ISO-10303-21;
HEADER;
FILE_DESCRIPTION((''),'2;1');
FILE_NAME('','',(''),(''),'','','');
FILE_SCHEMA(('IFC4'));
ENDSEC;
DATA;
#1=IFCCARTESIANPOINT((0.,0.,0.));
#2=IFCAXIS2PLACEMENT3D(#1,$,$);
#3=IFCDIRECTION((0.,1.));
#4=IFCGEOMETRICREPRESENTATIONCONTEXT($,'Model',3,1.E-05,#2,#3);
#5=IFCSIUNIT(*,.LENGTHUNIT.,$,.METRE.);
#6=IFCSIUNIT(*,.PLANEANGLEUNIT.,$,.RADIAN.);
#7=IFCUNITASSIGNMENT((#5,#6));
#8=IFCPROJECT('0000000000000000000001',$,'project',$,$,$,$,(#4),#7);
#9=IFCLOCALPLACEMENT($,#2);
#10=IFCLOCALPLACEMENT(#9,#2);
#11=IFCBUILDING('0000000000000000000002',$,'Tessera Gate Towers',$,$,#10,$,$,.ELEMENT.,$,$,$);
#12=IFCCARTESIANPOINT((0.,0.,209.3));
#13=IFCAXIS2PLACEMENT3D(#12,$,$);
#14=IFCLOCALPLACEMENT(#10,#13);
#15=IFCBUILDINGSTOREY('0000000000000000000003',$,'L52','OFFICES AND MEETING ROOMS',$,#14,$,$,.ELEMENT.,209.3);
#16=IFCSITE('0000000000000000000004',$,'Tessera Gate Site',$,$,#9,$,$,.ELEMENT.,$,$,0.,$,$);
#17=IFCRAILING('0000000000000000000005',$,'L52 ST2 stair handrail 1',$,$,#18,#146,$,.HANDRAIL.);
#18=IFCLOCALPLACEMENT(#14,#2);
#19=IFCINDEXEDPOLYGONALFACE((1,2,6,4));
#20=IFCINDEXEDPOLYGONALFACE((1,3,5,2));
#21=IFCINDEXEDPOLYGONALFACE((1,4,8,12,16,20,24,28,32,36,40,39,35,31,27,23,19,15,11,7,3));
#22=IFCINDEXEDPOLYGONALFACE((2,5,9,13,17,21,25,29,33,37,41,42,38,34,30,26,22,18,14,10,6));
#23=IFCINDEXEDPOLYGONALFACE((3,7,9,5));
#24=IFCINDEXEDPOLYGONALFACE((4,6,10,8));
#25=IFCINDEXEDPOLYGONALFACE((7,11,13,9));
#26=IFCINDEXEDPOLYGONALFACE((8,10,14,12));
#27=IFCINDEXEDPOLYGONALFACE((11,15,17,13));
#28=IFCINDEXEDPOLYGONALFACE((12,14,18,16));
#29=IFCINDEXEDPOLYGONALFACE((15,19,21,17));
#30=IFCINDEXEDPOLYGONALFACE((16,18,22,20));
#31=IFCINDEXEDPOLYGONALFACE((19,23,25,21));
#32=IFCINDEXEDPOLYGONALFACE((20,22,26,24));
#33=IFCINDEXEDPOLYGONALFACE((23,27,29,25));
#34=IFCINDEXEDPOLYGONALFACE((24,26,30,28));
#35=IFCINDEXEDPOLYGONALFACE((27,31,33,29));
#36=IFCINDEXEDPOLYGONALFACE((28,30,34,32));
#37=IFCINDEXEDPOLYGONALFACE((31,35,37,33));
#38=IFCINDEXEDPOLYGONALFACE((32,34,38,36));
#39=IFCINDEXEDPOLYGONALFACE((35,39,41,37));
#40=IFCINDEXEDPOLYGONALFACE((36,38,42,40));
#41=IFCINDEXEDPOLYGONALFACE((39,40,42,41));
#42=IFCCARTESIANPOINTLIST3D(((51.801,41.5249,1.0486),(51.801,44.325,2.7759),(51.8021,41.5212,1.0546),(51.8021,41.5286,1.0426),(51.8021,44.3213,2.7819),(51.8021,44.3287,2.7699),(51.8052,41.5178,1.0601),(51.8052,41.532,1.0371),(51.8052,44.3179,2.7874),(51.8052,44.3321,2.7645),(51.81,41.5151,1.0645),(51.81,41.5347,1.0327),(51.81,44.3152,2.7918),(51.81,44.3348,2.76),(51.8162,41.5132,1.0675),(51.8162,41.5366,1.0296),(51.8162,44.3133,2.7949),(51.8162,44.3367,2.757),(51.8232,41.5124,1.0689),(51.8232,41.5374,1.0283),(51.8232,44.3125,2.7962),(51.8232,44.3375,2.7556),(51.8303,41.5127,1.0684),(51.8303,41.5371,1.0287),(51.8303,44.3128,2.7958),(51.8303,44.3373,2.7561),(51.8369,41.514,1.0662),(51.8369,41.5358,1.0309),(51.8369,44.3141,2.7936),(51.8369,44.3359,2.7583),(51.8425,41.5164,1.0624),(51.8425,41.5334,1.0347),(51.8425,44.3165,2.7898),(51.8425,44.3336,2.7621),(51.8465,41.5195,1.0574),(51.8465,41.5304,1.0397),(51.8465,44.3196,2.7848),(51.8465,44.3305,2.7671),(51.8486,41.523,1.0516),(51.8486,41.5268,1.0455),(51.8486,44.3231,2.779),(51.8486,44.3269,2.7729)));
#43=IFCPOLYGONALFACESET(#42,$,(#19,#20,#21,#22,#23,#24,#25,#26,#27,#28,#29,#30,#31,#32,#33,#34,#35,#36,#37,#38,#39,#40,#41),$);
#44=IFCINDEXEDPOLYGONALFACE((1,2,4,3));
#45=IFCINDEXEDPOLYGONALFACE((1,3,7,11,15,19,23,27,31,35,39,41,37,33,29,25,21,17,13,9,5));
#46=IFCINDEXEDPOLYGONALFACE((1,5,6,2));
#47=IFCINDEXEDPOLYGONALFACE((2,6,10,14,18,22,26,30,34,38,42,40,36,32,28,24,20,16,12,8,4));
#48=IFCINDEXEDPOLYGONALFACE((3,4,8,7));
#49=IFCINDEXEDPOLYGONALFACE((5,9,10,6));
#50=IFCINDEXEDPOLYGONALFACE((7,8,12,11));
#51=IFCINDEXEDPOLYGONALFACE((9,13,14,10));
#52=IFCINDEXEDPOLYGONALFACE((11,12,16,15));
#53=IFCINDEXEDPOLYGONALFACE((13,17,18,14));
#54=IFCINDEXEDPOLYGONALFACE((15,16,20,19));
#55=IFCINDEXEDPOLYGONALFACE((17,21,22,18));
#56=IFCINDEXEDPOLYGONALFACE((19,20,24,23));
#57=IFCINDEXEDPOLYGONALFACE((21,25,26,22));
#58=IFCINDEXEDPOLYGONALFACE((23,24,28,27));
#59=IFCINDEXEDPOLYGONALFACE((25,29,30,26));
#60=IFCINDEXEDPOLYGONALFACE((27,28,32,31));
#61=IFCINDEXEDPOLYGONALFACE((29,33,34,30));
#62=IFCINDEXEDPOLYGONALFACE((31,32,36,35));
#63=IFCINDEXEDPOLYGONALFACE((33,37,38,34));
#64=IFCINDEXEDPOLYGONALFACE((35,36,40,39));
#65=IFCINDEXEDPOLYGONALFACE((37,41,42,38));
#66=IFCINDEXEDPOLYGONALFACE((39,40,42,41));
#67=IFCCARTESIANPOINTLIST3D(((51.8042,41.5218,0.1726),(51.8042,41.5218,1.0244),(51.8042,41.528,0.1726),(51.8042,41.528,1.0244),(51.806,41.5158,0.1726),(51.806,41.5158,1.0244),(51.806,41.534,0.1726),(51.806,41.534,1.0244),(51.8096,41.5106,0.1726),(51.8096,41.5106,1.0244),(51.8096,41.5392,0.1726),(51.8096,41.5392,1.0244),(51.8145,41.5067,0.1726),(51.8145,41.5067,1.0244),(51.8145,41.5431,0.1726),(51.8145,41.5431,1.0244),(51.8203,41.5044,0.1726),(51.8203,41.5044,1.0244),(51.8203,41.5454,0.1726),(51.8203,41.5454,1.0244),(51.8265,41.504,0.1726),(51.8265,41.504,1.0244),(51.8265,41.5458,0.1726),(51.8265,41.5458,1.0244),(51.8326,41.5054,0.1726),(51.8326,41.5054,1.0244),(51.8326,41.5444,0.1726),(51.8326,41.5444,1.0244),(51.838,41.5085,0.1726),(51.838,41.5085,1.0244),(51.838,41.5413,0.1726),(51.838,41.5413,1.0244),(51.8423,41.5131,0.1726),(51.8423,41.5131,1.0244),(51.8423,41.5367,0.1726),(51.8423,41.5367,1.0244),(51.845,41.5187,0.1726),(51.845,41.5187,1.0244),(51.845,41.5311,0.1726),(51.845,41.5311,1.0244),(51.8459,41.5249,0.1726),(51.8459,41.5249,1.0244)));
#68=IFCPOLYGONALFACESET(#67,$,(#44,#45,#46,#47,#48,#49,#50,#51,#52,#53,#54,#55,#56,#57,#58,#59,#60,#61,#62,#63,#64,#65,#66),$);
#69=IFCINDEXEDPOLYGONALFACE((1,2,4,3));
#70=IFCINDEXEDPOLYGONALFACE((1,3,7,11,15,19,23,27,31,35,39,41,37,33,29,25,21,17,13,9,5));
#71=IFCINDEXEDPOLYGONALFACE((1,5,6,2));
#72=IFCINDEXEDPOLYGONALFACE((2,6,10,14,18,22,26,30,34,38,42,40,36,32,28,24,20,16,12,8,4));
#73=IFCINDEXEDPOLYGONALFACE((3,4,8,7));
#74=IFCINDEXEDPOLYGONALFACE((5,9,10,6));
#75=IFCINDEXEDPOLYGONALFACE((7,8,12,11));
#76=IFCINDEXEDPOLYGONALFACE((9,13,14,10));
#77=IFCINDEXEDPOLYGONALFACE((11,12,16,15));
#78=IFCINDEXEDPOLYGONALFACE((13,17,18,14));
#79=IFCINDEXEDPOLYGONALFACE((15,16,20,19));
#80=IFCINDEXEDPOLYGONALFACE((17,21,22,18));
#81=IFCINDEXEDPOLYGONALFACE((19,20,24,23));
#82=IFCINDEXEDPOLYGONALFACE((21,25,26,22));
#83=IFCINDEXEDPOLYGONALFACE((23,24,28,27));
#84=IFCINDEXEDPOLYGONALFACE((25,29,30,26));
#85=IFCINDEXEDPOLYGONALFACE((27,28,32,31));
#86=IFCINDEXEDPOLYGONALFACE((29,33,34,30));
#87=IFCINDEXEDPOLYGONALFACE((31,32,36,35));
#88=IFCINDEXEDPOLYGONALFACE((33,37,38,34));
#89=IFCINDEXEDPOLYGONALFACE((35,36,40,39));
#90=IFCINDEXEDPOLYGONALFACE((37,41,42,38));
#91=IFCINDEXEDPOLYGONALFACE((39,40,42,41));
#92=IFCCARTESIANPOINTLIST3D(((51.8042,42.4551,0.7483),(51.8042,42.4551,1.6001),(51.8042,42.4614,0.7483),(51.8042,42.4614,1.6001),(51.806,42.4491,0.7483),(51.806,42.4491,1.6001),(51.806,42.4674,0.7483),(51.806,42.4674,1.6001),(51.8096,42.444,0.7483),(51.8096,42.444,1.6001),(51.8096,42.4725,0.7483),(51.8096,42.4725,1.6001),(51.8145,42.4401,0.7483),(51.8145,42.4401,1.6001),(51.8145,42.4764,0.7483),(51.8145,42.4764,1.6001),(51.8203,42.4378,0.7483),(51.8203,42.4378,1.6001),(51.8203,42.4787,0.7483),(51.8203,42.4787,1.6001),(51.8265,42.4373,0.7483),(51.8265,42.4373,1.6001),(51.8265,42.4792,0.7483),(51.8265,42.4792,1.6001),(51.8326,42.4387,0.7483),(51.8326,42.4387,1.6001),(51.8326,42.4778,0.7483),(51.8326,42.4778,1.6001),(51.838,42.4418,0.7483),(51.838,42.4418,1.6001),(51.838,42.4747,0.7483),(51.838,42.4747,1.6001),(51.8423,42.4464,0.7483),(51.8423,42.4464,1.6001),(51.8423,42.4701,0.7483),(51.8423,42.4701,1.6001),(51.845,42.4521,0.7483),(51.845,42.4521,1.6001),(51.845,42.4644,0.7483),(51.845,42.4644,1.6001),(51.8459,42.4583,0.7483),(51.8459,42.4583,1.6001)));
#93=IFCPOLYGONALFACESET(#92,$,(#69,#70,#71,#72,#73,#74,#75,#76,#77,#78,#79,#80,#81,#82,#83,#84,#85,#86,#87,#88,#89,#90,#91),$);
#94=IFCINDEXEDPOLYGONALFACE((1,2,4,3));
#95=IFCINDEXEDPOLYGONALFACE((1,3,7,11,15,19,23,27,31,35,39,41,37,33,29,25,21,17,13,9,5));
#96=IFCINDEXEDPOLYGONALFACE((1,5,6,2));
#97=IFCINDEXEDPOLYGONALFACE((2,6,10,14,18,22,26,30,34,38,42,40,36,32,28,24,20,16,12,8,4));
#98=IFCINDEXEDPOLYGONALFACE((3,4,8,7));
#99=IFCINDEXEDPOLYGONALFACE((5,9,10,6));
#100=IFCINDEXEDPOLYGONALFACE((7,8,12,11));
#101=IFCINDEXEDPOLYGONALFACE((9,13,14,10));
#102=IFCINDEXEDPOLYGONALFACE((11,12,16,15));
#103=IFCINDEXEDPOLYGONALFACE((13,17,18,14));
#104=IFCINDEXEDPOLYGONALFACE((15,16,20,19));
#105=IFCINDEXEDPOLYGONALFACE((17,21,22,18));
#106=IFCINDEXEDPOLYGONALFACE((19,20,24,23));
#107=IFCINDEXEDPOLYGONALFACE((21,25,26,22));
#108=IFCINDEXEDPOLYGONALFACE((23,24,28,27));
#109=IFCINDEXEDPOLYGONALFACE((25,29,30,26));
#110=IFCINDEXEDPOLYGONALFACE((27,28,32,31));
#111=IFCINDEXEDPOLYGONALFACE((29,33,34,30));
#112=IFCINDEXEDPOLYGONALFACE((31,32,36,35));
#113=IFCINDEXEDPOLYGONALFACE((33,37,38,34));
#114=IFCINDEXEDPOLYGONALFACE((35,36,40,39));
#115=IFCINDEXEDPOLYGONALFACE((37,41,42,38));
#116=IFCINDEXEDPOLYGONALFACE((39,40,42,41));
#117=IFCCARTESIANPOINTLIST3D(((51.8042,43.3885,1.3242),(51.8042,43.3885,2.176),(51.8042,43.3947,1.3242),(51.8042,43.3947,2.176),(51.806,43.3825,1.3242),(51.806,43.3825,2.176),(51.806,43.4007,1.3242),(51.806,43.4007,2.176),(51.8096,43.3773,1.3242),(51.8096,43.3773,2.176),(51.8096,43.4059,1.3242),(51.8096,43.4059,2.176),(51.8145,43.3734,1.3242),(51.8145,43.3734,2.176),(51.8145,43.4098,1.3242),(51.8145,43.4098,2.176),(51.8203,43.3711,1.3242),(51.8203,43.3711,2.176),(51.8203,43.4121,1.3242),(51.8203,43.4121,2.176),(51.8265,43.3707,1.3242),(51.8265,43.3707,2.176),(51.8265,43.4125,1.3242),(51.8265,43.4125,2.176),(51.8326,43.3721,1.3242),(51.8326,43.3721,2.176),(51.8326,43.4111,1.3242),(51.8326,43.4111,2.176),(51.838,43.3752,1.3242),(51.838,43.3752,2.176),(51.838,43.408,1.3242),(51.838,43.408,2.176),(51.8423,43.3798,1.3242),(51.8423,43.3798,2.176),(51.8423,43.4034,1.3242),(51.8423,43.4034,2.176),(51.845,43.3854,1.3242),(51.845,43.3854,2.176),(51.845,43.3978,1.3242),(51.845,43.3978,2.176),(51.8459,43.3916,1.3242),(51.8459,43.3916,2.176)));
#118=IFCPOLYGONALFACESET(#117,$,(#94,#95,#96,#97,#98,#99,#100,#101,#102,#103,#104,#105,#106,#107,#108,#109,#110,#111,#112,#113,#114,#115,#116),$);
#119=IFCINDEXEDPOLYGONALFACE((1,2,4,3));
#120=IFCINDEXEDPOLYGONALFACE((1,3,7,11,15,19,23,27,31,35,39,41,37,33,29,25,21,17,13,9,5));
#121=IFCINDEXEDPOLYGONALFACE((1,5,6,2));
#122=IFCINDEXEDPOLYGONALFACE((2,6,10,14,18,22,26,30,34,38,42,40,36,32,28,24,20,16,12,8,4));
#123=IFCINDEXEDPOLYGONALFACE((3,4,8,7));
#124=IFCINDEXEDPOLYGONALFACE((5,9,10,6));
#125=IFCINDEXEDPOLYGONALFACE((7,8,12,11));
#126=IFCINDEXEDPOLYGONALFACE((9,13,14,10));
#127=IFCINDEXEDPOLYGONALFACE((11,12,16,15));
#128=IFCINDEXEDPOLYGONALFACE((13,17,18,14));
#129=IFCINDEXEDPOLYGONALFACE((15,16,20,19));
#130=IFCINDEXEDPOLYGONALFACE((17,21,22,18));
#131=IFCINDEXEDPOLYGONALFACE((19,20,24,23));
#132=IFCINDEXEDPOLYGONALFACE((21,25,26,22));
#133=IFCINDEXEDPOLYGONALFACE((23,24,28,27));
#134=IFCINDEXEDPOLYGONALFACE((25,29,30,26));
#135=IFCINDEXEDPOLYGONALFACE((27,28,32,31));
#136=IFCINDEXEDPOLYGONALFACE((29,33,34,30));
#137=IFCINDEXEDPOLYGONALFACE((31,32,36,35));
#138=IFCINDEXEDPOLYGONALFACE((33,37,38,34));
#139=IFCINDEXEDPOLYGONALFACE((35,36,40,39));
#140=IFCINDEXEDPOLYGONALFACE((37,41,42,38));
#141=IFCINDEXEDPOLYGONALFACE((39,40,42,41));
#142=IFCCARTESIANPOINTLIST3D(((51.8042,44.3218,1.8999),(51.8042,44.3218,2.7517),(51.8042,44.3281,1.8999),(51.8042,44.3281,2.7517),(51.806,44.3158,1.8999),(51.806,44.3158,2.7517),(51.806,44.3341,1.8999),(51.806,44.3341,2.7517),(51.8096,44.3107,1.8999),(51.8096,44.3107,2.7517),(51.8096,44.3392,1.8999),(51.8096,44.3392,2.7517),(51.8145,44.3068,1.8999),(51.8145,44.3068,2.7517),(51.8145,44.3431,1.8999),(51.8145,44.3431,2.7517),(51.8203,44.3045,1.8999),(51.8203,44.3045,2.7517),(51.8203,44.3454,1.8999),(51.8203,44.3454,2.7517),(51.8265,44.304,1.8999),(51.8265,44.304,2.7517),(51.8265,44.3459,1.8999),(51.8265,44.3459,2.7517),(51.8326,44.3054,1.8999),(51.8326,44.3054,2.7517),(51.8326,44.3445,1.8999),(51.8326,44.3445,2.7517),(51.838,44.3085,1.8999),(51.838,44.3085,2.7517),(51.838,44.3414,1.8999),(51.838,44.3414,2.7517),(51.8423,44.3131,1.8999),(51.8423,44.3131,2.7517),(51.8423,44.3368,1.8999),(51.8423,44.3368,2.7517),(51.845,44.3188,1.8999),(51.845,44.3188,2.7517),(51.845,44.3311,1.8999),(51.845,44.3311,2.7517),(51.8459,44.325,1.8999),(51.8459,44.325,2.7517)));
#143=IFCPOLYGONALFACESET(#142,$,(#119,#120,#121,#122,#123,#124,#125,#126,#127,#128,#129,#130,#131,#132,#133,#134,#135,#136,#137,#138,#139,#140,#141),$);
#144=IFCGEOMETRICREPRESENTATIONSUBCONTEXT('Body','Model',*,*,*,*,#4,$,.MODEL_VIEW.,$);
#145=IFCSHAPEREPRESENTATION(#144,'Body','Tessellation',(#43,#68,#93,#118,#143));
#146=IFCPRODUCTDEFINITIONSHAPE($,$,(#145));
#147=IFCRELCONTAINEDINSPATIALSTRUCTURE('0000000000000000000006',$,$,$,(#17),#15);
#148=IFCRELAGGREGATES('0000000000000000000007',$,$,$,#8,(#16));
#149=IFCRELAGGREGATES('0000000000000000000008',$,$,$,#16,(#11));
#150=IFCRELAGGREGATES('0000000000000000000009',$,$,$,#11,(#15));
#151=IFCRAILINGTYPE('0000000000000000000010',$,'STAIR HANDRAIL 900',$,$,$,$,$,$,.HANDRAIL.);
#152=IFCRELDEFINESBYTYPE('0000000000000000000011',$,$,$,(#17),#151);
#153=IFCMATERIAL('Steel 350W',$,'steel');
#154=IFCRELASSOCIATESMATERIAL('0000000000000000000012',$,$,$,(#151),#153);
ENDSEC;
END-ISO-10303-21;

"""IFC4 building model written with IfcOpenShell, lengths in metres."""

from ifc_helpers import new_model, si_unit, direction, frame, origin, origin_2d, place, context, subcontext, project, spatial, circle, extrude, material, type_object, element, save


model = new_model("IFC4")

# Units and contexts
model_context = context("Model", 3, precision=1e-05, world=origin(), true_north=direction((0.0, 1.0)))
body_context = subcontext(model_context, "Body", "Model", "MODEL_VIEW")
ifc_project = project(units=[si_unit("LENGTHUNIT", "METRE"), si_unit("PLANEANGLEUNIT", "RADIAN")], contexts=[model_context])

# Site, building, storey
site_placement = place(None, origin())
site = spatial("IfcSite", under=ifc_project, at=site_placement, Name="Tessera Gate Site", CompositionType="ELEMENT", RefElevation=0.0)
building_placement = place(site_placement, origin())
building = spatial("IfcBuilding", under=site, at=building_placement, Name="Tessera Gate Towers", CompositionType="ELEMENT")
storey_placement = place(building_placement, frame((0.0, 0.0, 209.3)))
storey = spatial("IfcBuildingStorey", under=building, at=storey_placement, Name="L52", Description="OFFICES AND MEETING ROOMS", CompositionType="ELEMENT", Elevation=209.3)

# Railing
ifc_material_1 = material(Name="Steel 350W", Category="steel")
railing_type_1 = type_object("IfcRailingType", Name="STAIR HANDRAIL 900", PredefinedType="HANDRAIL", material=ifc_material_1)
railing_1_placement = place(storey_placement, frame((51.825, 41.5249, 0.1726)))
element("IfcRailing", 1, at=railing_1_placement, inside=storey, type_object=railing_type_1, Name="L52 ST2 stair handrail 1", PredefinedType="HANDRAIL", context=body_context, shape_type="SweptSolid", body=[
    extrude(circle(Radius=0.0239, at=origin_2d()), frame((0.0, 0.0, 0.876), z_axis=(0.0, 0.85109, 0.52502), x_axis=(-1.0, 0.0, 0.0)), (0.0, 0.0, 1.0), 3.29),
    extrude(circle(Radius=0.021, at=origin_2d()), origin(), (0.0, 0.0, 1.0), 0.8518),
    extrude(circle(Radius=0.021, at=origin_2d()), frame((0.0, 0.9333, 0.5757)), (0.0, 0.0, 1.0), 0.8518),
    extrude(circle(Radius=0.021, at=origin_2d()), frame((0.0, 1.8667, 1.1516)), (0.0, 0.0, 1.0), 0.8518),
    extrude(circle(Radius=0.021, at=origin_2d()), frame((0.0, 2.8, 1.7273)), (0.0, 0.0, 1.0), 0.8518),
])

save(model, "model.ifc")
